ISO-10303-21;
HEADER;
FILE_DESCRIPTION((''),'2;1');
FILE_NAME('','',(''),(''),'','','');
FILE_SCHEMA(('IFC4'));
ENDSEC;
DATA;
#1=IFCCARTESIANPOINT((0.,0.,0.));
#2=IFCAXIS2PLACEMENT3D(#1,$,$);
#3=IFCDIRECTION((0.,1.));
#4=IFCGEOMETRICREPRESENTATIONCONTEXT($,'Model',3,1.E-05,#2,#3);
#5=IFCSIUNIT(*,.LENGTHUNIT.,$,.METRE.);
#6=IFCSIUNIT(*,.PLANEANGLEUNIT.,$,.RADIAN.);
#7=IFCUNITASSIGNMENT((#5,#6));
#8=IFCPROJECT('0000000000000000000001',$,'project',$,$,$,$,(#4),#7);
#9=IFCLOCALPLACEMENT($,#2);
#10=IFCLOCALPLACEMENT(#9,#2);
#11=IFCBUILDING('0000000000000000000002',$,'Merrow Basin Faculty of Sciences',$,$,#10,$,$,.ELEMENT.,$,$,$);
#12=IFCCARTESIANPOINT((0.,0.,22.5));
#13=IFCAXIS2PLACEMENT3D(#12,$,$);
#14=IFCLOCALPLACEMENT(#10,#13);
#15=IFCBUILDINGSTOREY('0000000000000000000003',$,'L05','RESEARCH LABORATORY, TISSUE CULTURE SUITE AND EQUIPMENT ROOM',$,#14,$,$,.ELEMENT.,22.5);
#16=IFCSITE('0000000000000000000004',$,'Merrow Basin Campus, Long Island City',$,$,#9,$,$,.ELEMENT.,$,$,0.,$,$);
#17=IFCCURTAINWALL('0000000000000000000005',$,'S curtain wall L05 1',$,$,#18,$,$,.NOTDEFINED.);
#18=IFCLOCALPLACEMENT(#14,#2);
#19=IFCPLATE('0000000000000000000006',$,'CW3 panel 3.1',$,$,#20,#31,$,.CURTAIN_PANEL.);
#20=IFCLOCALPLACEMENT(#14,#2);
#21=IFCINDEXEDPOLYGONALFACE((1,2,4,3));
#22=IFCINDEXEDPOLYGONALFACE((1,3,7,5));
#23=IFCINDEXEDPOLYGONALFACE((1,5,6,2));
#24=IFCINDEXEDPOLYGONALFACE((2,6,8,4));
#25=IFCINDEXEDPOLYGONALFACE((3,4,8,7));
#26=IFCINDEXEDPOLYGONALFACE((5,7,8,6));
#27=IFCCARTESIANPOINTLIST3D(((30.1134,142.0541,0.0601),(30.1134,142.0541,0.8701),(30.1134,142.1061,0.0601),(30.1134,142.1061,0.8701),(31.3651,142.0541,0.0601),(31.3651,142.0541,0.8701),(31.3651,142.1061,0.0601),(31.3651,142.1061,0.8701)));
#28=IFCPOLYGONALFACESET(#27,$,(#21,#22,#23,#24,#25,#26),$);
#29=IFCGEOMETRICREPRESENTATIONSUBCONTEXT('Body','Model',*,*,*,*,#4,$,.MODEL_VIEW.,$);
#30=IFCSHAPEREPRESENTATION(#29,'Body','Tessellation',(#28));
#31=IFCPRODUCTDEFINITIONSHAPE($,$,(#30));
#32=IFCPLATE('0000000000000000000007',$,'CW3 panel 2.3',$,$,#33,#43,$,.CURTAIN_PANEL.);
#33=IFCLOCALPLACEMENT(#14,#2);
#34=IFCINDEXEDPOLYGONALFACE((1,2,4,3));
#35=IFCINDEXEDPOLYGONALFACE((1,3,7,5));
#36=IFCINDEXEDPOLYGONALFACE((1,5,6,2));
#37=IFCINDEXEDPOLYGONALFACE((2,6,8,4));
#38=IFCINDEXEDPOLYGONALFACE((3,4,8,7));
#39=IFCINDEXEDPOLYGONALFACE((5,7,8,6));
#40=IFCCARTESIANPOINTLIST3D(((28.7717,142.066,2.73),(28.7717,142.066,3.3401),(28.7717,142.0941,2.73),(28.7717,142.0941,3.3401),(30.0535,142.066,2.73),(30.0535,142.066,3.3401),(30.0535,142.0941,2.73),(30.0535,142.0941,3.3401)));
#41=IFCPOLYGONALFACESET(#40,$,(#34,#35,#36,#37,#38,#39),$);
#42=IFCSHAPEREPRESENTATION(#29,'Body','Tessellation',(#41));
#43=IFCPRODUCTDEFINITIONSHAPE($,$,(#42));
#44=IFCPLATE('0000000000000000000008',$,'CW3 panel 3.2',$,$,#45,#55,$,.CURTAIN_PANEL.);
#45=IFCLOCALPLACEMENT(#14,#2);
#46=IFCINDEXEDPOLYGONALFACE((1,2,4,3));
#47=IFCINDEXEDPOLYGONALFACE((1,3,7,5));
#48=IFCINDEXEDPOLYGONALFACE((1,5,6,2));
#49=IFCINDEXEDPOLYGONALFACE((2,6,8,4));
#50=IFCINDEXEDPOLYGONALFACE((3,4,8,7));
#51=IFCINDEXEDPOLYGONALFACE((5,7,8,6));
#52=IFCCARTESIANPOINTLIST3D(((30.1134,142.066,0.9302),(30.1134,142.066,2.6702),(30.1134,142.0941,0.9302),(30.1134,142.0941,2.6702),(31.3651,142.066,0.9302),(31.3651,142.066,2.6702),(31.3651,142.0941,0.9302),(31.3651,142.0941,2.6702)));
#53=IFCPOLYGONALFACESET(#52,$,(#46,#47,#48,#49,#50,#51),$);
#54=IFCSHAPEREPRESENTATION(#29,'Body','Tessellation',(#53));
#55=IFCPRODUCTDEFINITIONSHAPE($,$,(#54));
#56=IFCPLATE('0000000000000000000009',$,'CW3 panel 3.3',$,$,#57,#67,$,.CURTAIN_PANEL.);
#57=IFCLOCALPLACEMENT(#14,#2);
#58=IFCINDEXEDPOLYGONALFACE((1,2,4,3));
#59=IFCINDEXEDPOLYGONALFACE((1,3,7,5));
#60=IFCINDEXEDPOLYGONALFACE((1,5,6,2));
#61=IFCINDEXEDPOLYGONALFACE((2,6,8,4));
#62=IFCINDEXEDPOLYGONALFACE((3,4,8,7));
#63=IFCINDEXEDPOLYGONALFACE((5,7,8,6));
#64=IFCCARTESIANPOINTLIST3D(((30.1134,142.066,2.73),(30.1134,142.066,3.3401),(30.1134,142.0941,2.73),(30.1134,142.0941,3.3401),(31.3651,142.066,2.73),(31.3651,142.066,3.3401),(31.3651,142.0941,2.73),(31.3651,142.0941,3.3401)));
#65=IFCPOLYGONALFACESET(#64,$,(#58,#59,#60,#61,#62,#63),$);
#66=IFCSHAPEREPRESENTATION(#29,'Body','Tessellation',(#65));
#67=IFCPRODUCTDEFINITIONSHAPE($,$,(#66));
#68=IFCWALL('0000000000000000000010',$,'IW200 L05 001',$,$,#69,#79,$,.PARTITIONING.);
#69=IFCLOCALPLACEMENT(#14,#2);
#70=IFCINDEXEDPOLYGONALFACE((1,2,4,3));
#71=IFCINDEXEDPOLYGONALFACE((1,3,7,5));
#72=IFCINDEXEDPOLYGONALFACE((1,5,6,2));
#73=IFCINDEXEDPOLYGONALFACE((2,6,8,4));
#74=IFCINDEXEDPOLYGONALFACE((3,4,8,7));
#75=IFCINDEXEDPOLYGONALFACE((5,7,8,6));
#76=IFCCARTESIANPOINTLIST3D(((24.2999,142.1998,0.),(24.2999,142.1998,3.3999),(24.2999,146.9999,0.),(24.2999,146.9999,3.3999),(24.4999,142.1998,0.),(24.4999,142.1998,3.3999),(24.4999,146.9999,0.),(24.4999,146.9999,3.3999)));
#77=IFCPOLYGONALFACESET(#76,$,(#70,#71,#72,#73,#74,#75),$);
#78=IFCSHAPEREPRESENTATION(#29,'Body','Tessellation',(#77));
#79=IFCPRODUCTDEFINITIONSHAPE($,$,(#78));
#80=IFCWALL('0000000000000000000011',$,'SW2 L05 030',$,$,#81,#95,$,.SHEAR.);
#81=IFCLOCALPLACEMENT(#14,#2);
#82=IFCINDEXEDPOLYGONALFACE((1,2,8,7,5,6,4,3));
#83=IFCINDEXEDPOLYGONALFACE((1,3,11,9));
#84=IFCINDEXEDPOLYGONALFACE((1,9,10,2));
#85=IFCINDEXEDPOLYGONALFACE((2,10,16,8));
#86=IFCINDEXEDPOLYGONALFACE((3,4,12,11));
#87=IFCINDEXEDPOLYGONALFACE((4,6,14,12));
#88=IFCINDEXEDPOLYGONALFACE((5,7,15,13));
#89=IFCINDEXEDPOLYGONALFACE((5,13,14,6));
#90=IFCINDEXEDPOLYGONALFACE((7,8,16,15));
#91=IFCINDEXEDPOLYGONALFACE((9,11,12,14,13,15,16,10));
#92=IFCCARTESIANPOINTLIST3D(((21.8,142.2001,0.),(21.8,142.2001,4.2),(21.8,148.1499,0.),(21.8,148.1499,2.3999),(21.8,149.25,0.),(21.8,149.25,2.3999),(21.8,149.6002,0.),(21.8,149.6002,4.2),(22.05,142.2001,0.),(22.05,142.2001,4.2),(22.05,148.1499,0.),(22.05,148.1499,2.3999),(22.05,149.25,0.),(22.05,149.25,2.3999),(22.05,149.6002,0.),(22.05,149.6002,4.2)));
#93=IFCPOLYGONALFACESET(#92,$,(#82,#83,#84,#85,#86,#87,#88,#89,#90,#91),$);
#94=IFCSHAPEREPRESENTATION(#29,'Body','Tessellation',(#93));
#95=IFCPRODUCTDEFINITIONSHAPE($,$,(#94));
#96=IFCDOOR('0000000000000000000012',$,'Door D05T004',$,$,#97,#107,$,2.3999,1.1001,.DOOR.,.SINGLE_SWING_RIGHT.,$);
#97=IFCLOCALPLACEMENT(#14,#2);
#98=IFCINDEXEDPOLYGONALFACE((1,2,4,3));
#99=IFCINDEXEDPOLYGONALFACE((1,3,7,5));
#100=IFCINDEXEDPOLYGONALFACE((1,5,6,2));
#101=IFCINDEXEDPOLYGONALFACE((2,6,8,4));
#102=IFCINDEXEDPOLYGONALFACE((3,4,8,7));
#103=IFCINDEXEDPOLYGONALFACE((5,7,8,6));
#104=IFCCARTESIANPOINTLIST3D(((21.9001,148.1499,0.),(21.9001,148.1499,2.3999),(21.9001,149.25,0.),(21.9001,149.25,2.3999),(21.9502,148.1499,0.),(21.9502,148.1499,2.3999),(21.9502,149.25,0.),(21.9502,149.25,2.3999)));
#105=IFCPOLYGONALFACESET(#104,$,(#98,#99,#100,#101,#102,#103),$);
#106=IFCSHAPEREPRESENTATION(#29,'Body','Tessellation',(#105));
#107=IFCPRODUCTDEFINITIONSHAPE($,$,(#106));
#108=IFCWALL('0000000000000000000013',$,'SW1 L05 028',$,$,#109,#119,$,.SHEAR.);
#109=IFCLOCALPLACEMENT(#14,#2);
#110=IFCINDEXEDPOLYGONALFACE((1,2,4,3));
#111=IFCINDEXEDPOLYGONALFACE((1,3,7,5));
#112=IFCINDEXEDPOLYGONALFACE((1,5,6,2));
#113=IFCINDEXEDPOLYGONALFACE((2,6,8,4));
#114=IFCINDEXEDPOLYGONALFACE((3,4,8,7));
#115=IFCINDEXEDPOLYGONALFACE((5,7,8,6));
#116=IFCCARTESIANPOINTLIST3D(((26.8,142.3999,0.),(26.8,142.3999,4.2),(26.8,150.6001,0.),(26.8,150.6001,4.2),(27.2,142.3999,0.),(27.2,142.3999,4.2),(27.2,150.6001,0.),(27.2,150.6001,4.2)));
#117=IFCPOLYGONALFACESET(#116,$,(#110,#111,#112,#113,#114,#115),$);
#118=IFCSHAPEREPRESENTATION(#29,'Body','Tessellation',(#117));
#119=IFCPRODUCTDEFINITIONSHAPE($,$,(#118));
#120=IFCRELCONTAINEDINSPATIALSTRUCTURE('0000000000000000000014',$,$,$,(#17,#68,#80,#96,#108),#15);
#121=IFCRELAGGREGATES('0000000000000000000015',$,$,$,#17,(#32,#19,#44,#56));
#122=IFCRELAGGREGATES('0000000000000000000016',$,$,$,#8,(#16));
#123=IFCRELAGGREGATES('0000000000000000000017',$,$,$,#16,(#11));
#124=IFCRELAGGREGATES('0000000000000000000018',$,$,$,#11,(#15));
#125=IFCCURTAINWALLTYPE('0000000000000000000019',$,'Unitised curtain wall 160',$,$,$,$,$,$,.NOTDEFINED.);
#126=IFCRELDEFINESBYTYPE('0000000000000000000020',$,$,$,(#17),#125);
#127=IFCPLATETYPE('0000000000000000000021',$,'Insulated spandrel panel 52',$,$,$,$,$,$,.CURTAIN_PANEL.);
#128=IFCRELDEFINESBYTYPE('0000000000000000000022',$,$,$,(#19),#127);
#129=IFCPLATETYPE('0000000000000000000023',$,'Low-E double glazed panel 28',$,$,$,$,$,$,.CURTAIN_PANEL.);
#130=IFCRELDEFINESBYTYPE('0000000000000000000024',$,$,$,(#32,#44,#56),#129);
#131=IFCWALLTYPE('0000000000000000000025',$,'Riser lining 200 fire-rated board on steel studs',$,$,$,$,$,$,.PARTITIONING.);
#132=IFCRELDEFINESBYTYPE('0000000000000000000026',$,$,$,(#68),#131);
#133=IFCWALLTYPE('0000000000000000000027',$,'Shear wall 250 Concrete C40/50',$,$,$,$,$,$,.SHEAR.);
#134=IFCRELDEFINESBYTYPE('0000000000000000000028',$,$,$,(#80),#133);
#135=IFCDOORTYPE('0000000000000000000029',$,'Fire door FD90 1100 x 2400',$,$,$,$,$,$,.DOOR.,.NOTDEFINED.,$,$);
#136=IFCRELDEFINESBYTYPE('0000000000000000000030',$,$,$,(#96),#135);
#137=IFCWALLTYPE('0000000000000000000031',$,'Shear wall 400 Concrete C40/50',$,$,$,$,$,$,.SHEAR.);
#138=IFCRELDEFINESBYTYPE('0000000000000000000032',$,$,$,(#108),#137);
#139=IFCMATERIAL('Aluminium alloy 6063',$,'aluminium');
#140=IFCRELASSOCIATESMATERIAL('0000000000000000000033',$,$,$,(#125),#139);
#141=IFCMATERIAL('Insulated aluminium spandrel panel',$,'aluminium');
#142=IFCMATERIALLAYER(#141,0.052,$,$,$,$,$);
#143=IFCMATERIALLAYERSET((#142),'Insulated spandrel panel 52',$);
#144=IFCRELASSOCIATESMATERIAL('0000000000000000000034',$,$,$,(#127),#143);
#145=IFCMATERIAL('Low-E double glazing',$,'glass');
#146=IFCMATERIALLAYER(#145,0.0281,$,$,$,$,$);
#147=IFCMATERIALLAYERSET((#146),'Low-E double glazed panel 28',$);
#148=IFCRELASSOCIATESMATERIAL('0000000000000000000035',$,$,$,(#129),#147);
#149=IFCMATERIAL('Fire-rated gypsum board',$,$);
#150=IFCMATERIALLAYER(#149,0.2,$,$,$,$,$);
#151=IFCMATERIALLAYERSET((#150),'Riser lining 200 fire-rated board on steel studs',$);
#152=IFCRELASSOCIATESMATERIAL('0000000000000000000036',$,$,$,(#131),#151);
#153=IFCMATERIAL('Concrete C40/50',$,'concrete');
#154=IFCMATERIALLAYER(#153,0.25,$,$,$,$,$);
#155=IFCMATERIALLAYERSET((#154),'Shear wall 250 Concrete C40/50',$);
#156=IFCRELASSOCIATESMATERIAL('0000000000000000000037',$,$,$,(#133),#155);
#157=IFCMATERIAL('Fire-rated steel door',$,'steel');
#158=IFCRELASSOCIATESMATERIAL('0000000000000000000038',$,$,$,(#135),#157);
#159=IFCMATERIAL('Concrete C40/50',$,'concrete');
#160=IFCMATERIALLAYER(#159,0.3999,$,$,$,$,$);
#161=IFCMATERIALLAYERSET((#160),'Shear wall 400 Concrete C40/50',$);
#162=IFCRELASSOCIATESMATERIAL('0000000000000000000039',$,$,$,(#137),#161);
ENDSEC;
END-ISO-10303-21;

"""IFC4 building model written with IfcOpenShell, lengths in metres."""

from ifc_helpers import new_model, si_unit, direction, frame, frame_2d, origin, origin_2d, place, context, subcontext, project, spatial, rectangle, extrude, material, layer, layer_set, type_object, element, fill, aggregate, save


model = new_model("IFC4")

# Units and contexts
model_context = context("Model", 3, precision=1e-05, world=origin(), true_north=direction((0.0, 1.0)))
body_context = subcontext(model_context, "Body", "Model", "MODEL_VIEW")
ifc_project = project(units=[si_unit("LENGTHUNIT", "METRE"), si_unit("PLANEANGLEUNIT", "RADIAN")], contexts=[model_context])

# Site, building, storey
site_placement = place(None, origin())
site = spatial("IfcSite", under=ifc_project, at=site_placement, Name="Merrow Basin Campus, Long Island City", CompositionType="ELEMENT", RefElevation=0.0)
building_placement = place(site_placement, origin())
building = spatial("IfcBuilding", under=site, at=building_placement, Name="Merrow Basin Faculty of Sciences", CompositionType="ELEMENT")
storey_placement = place(building_placement, frame((0.0, 0.0, 22.5)))
storey = spatial("IfcBuildingStorey", under=building, at=storey_placement, Name="L05", Description="RESEARCH LABORATORY, TISSUE CULTURE SUITE AND EQUIPMENT ROOM", CompositionType="ELEMENT", Elevation=22.5)

# Curtain wall
ifc_material_1 = material(Name="Aluminium alloy 6063", Category="aluminium")
curtain_wall_type = type_object("IfcCurtainWallType", Name="Unitised curtain wall 160", PredefinedType="NOTDEFINED", material=ifc_material_1)
curtain_wall_1_placement = place(storey_placement, origin())
curtain_wall_1 = element("IfcCurtainWall", 1, at=curtain_wall_1_placement, inside=storey, type_object=curtain_wall_type, Name="S curtain wall L05 1", PredefinedType="NOTDEFINED")

# Plates
ifc_material_2 = material(Name="Insulated aluminium spandrel panel", Category="aluminium")
ifc_layer_1 = layer(ifc_material_2, 0.052)
ifc_layer_set_1 = layer_set([ifc_layer_1], Name="Insulated spandrel panel 52")
plate_type_1 = type_object("IfcPlateType", Name="Insulated spandrel panel 52", PredefinedType="CURTAIN_PANEL", material=ifc_layer_set_1)
plate_1_placement = place(storey_placement, frame((30.7393, 142.0801, 0.0601), z_axis=(0.0, 0.0, 1.0), x_axis=(1.0, 0.0, 0.0)))
plate_1 = element("IfcPlate", 2, at=plate_1_placement, type_object=plate_type_1, Name="CW3 panel 3.1", PredefinedType="CURTAIN_PANEL", context=body_context, shape_type="SweptSolid", body=[
    extrude(rectangle(XDim=1.2517, YDim=0.052, at=origin_2d()), origin(), (0.0, 0.0, 1.0), 0.8101),
])
ifc_material_3 = material(Name="Low-E double glazing", Category="glass")
ifc_layer_2 = layer(ifc_material_3, 0.0281)
ifc_layer_set_2 = layer_set([ifc_layer_2], Name="Low-E double glazed panel 28")
plate_type_2 = type_object("IfcPlateType", Name="Low-E double glazed panel 28", PredefinedType="CURTAIN_PANEL", material=ifc_layer_set_2)
plate_2_placement = place(storey_placement, frame((29.4126, 142.0801, 2.73), z_axis=(0.0, 0.0, 1.0), x_axis=(1.0, 0.0, 0.0)))
plate_2 = element("IfcPlate", 3, at=plate_2_placement, type_object=plate_type_2, Name="CW3 panel 2.3", PredefinedType="CURTAIN_PANEL", context=body_context, shape_type="SweptSolid", body=[
    extrude(rectangle(XDim=1.2817, YDim=0.0281, at=origin_2d()), origin(), (0.0, 0.0, 1.0), 0.6101),
])
plate_3_placement = place(storey_placement, frame((30.7393, 142.0801, 0.9302), z_axis=(0.0, 0.0, 1.0), x_axis=(1.0, 0.0, 0.0)))
plate_3 = element("IfcPlate", 4, at=plate_3_placement, type_object=plate_type_2, Name="CW3 panel 3.2", PredefinedType="CURTAIN_PANEL", context=body_context, shape_type="SweptSolid", body=[
    extrude(rectangle(XDim=1.2517, YDim=0.0281, at=origin_2d()), origin(), (0.0, 0.0, 1.0), 1.74),
])
plate_4_placement = place(storey_placement, frame((30.7393, 142.0801, 2.73), z_axis=(0.0, 0.0, 1.0), x_axis=(1.0, 0.0, 0.0)))
plate_4 = element("IfcPlate", 5, at=plate_4_placement, type_object=plate_type_2, Name="CW3 panel 3.3", PredefinedType="CURTAIN_PANEL", context=body_context, shape_type="SweptSolid", body=[
    extrude(rectangle(XDim=1.2517, YDim=0.0281, at=origin_2d()), origin(), (0.0, 0.0, 1.0), 0.6101),
])
aggregate(curtain_wall_1, [plate_2, plate_1, plate_3, plate_4])

# Wall
ifc_material_4 = material(Name="Fire-rated gypsum board")
ifc_layer_3 = layer(ifc_material_4, 0.2)
ifc_layer_set_3 = layer_set([ifc_layer_3], Name="Riser lining 200 fire-rated board on steel studs")
wall_type_1 = type_object("IfcWallType", Name="Riser lining 200 fire-rated board on steel studs", PredefinedType="PARTITIONING", material=ifc_layer_set_3)
wall_1_placement = place(storey_placement, frame((24.3999, 142.2, 0.0), z_axis=(0.0, 0.0, 1.0), x_axis=(0.0, 1.0, 0.0)))
element("IfcWall", 6, at=wall_1_placement, inside=storey, type_object=wall_type_1, Name="IW200 L05 001", PredefinedType="PARTITIONING", context=body_context, shape_type="SweptSolid", body=[
    extrude(rectangle(XDim=4.8, YDim=0.2, at=frame_2d((2.3999, 0.0))), origin(), (0.0, 0.0, 1.0), 3.3999),
])

# Wall, opening, door
ifc_material_5 = material(Name="Concrete C40/50", Category="concrete")
ifc_layer_4 = layer(ifc_material_5, 0.25)
ifc_layer_set_4 = layer_set([ifc_layer_4], Name="Shear wall 250 Concrete C40/50")
wall_type_2 = type_object("IfcWallType", Name="Shear wall 250 Concrete C40/50", PredefinedType="SHEAR", material=ifc_layer_set_4)
wall_2_placement = place(storey_placement, frame((21.925, 142.2, 0.0), z_axis=(0.0, 0.0, 1.0), x_axis=(0.0, 1.0, 0.0)))
wall_2 = element("IfcWall", 7, at=wall_2_placement, inside=storey, type_object=wall_type_2, Name="SW2 L05 030", PredefinedType="SHEAR", context=body_context, shape_type="SweptSolid", body=[
    extrude(rectangle(XDim=7.4001, YDim=0.25, at=frame_2d((3.7002, 0.0))), origin(), (0.0, 0.0, 1.0), 4.2),
])
opening_placement = place(wall_2_placement, frame((5.95, 0.0, 0.0)))
opening = element("IfcOpeningElement", 8, at=opening_placement, cuts=wall_2, PredefinedType="OPENING", context=body_context, shape_type="SweptSolid", body=[
    extrude(rectangle(XDim=1.1001, YDim=2.3999, at=frame_2d((0.55, 1.2))), frame((0.0, 0.135, 0.0), z_axis=(0.0, -1.0, 0.0), x_axis=(1.0, 0.0, 0.0)), (0.0, 0.0, 1.0), 0.27),
])
ifc_material_6 = material(Name="Fire-rated steel door", Category="steel")
door_type = type_object("IfcDoorType", Name="Fire door FD90 1100 x 2400", OperationType="NOTDEFINED", PredefinedType="DOOR", material=ifc_material_6)
door_placement = place(opening_placement, origin())
door = element("IfcDoor", 9, at=door_placement, inside=storey, type_object=door_type, Name="Door D05T004", OperationType="SINGLE_SWING_RIGHT", OverallHeight=2.3999, OverallWidth=1.1001, PredefinedType="DOOR", context=body_context, shape_type="SweptSolid", body=[
    extrude(rectangle(XDim=1.1001, YDim=2.3999, at=frame_2d((0.55, 1.2))), frame((0.0, 0.0249, 0.0), z_axis=(0.0, -1.0, 0.0), x_axis=(1.0, 0.0, 0.0)), (0.0, 0.0, 1.0), 0.05),
])
fill(opening, door)

# Wall
ifc_material_7 = material(Name="Concrete C40/50", Category="concrete")
ifc_layer_5 = layer(ifc_material_7, 0.3999)
ifc_layer_set_5 = layer_set([ifc_layer_5], Name="Shear wall 400 Concrete C40/50")
wall_type_3 = type_object("IfcWallType", Name="Shear wall 400 Concrete C40/50", PredefinedType="SHEAR", material=ifc_layer_set_5)
wall_3_placement = place(storey_placement, frame((27.0, 142.3999, 0.0), z_axis=(0.0, 0.0, 1.0), x_axis=(0.0, 1.0, 0.0)))
element("IfcWall", 10, at=wall_3_placement, inside=storey, type_object=wall_type_3, Name="SW1 L05 028", PredefinedType="SHEAR", context=body_context, shape_type="SweptSolid", body=[
    extrude(rectangle(XDim=8.2002, YDim=0.3999, at=frame_2d((4.1001, 0.0))), origin(), (0.0, 0.0, 1.0), 4.2),
])

save(model, "model.ifc")
